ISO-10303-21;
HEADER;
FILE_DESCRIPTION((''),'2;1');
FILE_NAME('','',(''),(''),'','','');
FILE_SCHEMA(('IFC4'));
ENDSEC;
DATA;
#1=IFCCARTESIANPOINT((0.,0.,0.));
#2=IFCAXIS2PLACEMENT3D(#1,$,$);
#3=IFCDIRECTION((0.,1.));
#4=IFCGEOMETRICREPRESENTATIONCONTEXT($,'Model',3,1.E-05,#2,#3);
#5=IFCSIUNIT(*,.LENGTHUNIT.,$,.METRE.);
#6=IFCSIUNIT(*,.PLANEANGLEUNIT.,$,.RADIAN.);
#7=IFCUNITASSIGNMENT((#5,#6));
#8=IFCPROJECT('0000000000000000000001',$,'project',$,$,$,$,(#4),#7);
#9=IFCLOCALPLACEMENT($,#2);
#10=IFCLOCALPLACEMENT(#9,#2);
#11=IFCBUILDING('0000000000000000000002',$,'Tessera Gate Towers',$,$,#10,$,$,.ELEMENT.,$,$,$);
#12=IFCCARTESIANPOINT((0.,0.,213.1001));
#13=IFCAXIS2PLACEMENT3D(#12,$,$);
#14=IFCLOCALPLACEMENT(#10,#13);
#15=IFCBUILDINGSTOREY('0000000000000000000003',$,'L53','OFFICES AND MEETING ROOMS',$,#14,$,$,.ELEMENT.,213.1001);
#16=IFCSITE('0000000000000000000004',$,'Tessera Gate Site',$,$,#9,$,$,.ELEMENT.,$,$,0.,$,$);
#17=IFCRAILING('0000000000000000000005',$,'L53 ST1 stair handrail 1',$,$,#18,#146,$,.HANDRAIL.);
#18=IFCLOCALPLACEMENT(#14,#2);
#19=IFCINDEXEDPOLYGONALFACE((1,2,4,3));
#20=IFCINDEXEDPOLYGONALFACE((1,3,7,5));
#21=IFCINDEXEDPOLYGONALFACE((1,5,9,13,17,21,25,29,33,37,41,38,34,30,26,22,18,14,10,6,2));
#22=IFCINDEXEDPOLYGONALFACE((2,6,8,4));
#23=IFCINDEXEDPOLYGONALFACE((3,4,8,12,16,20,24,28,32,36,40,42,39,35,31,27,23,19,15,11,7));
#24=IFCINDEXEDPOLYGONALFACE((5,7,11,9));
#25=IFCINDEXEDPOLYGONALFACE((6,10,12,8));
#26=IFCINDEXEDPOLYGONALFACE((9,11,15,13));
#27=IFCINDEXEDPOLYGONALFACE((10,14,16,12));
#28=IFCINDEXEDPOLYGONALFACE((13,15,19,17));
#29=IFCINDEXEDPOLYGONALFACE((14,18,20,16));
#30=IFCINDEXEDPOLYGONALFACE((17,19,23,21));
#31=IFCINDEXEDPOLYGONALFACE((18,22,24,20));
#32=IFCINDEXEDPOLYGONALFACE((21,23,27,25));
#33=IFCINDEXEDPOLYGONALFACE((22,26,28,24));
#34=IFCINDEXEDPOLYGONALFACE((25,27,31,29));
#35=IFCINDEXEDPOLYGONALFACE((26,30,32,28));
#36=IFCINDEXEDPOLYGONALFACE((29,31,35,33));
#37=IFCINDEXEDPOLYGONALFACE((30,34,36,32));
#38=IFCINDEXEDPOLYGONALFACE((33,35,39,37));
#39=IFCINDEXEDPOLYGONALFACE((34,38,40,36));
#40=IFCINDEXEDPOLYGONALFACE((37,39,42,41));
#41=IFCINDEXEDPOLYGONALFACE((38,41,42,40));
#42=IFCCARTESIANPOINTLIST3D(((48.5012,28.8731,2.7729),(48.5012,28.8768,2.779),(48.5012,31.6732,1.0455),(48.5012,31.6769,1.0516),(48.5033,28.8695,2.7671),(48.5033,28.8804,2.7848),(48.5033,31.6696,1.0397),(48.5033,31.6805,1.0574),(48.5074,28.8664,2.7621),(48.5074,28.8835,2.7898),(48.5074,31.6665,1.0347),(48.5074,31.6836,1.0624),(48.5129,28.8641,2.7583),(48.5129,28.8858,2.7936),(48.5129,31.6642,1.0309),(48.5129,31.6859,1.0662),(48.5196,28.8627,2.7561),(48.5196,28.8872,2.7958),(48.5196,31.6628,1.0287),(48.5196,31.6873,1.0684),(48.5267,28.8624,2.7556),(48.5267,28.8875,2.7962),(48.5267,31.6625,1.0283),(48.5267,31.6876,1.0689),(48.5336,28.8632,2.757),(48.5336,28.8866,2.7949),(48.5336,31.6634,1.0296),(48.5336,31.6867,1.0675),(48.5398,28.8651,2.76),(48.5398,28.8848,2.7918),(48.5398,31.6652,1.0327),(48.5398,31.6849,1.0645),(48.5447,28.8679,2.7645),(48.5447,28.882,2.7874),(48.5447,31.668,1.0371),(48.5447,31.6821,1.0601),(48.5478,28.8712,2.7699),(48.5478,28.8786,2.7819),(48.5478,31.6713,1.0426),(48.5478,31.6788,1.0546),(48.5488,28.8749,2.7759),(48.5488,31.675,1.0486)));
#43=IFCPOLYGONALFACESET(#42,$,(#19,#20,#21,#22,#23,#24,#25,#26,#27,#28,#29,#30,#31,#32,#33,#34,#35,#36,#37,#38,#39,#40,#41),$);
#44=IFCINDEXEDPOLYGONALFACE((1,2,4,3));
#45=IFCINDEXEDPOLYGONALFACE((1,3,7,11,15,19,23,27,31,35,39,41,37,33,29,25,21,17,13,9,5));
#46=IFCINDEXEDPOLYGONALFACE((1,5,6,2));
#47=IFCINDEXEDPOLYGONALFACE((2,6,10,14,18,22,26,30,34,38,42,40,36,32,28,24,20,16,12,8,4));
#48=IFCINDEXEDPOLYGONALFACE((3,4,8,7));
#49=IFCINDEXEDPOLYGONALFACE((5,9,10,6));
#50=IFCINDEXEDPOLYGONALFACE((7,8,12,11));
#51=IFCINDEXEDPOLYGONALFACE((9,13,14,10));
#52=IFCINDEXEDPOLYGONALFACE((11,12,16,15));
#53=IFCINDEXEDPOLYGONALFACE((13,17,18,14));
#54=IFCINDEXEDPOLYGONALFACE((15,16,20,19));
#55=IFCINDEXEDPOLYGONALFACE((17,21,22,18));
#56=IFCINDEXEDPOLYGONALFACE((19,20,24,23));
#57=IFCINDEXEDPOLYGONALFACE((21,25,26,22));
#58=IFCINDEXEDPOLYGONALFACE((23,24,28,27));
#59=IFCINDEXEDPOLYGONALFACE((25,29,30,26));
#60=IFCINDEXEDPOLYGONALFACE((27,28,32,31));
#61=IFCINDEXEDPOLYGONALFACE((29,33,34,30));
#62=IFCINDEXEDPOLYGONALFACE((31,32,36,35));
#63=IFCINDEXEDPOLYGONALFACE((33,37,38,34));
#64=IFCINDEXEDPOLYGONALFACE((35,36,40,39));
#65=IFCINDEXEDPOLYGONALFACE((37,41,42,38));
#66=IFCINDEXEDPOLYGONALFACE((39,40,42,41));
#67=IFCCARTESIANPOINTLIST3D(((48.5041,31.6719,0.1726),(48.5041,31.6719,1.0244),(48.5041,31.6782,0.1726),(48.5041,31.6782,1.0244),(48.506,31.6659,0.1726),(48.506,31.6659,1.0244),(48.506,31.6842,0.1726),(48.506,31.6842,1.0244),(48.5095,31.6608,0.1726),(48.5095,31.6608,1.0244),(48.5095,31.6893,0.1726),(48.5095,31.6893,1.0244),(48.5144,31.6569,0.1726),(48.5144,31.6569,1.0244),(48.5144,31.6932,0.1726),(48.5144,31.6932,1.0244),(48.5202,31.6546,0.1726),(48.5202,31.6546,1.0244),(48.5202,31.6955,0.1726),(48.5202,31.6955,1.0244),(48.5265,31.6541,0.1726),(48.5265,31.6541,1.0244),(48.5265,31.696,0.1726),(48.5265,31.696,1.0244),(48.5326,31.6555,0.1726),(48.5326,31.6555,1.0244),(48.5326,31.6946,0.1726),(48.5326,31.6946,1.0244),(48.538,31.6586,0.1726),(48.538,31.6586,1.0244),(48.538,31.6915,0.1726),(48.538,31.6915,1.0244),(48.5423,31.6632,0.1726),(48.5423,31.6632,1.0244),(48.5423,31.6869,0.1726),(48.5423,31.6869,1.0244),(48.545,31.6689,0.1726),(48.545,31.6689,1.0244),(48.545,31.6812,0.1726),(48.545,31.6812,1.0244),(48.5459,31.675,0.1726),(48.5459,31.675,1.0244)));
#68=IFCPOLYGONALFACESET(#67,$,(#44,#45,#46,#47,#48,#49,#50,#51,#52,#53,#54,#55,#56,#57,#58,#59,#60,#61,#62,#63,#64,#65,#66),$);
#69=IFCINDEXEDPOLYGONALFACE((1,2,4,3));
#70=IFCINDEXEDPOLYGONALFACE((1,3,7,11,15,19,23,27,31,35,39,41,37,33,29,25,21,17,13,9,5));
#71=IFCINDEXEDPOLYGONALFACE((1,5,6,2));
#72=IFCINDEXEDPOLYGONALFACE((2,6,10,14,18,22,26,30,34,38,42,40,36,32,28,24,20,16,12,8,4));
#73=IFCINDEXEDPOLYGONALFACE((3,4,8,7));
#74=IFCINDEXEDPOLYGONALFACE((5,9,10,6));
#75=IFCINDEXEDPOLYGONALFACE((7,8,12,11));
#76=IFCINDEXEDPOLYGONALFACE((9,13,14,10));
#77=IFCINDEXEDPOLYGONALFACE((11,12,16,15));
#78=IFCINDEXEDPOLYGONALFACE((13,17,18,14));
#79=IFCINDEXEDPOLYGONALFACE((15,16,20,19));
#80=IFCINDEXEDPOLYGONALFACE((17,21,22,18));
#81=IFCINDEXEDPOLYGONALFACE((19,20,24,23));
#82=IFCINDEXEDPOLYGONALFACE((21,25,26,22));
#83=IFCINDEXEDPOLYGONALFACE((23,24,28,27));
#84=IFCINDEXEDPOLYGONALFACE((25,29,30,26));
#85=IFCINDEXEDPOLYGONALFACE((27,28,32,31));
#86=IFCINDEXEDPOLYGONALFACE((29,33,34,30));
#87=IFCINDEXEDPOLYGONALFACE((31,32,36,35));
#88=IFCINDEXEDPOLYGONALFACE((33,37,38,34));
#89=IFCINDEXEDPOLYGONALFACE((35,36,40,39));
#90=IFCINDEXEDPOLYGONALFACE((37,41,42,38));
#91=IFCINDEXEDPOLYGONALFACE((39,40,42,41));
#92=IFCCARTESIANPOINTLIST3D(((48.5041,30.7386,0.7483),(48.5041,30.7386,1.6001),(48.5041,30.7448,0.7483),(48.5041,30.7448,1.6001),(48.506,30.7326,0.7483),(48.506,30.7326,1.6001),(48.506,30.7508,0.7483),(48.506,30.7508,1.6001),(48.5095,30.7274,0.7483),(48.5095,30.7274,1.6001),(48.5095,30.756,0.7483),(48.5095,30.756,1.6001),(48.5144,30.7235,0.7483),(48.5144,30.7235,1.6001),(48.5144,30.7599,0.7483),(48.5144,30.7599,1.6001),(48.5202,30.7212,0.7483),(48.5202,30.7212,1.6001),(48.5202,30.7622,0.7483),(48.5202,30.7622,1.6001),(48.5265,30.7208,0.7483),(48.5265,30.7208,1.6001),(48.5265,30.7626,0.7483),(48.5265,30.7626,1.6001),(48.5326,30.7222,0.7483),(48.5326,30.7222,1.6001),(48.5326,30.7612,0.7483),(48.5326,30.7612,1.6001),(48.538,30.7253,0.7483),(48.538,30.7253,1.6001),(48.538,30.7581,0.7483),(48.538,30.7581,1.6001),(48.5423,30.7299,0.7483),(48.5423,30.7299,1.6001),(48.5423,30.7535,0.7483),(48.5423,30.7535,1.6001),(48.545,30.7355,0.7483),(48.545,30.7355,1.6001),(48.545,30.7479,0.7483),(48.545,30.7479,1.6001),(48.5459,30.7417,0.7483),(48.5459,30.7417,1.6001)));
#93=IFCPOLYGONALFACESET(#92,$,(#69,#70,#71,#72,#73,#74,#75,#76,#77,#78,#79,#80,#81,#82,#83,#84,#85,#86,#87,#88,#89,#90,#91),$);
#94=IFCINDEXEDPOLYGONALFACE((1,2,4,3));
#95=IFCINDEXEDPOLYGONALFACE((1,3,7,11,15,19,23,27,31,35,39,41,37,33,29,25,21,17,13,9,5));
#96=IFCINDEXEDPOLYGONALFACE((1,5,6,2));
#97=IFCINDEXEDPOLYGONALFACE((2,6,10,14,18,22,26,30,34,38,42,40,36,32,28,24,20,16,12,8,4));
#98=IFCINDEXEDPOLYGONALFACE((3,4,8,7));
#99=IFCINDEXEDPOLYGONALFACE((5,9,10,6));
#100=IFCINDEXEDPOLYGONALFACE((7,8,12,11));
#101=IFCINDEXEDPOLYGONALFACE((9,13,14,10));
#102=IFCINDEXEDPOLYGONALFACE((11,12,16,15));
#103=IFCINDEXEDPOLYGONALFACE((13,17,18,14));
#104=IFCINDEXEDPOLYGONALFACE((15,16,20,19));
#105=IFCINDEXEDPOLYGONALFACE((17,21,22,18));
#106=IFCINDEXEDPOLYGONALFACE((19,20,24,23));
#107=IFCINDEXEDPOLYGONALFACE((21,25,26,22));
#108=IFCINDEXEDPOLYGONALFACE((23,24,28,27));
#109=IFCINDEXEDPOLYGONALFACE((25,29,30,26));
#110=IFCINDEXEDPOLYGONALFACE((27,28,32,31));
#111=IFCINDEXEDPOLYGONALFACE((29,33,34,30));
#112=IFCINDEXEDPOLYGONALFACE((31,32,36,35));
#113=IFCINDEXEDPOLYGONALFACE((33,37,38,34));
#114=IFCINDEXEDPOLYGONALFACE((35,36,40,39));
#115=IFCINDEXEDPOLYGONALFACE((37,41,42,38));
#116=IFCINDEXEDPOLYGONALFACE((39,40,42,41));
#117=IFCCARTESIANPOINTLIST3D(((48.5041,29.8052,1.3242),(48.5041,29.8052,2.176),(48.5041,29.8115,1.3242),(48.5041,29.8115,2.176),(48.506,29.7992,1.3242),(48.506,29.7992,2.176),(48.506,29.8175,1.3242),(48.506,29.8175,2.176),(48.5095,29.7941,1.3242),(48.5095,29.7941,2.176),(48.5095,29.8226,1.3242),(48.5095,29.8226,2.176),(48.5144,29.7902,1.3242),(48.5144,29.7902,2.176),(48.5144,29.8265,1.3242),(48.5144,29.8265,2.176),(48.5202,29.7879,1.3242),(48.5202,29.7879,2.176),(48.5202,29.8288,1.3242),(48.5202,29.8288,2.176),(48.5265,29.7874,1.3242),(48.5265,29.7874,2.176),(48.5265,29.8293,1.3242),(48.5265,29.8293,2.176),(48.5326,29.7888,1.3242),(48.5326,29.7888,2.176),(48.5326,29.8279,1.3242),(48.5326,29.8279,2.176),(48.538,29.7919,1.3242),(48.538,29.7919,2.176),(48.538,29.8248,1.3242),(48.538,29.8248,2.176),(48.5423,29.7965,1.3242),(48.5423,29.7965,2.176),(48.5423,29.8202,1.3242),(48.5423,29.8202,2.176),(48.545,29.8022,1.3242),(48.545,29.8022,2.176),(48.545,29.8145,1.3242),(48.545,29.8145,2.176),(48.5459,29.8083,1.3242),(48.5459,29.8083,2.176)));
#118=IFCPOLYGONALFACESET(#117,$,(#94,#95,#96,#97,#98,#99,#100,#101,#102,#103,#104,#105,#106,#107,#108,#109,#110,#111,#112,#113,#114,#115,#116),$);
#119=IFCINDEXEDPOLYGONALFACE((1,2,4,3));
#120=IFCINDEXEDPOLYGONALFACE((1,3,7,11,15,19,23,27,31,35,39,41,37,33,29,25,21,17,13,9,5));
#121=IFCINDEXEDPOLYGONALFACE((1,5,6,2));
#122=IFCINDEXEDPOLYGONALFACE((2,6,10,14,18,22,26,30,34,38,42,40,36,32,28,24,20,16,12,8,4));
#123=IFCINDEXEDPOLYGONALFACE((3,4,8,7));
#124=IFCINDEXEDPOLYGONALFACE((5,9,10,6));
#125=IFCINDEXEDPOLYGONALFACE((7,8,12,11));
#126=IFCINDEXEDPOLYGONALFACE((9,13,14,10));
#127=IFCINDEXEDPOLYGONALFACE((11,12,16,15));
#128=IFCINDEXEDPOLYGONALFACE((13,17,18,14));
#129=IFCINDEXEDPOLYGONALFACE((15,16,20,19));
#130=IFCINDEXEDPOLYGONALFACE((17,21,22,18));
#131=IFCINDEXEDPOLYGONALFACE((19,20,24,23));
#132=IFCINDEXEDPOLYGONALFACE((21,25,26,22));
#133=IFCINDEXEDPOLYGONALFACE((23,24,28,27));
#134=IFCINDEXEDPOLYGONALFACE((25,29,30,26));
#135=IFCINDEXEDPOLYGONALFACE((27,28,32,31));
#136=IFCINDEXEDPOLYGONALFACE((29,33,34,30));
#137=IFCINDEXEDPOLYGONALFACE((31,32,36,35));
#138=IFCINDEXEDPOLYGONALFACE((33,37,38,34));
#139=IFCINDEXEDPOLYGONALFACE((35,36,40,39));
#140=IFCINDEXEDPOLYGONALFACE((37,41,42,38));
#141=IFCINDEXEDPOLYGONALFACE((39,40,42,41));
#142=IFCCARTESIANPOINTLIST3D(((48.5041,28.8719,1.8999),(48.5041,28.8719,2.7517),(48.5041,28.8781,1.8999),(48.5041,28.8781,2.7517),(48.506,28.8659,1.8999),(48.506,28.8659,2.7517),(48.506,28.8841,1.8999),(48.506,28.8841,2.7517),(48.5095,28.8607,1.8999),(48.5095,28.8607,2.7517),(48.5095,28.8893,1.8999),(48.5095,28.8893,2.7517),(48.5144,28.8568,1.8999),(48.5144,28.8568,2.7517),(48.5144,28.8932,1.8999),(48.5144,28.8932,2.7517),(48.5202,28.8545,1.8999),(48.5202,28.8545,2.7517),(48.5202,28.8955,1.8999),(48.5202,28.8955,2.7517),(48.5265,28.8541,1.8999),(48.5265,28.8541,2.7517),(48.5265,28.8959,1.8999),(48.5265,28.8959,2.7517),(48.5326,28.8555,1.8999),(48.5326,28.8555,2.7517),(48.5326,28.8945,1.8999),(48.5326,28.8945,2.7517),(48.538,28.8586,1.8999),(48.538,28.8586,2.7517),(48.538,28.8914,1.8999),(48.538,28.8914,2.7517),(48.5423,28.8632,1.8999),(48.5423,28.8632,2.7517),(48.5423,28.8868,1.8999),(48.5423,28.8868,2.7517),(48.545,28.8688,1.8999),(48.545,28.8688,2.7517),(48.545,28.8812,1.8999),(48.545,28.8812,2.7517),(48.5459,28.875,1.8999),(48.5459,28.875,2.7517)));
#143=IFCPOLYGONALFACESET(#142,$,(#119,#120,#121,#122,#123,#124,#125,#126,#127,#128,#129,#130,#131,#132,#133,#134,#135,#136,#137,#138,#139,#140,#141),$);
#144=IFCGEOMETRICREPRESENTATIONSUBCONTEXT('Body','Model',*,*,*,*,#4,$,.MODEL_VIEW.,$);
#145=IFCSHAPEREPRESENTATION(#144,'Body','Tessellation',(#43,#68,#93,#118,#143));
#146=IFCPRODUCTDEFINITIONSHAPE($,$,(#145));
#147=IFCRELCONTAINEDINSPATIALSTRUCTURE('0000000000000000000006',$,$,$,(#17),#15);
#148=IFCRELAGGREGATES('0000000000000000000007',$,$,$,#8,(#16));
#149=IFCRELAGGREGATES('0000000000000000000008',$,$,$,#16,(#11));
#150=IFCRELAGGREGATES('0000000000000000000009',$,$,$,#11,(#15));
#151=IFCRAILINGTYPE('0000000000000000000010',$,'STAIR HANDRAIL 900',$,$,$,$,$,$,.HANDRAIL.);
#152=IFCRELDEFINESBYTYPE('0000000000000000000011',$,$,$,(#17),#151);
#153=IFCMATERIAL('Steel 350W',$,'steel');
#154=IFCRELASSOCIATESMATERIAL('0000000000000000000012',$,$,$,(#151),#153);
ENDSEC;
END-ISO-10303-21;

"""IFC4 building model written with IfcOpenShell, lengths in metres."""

from ifc_helpers import new_model, si_unit, direction, frame, origin, origin_2d, place, context, subcontext, project, spatial, circle, extrude, material, type_object, element, save


model = new_model("IFC4")

# Units and contexts
model_context = context("Model", 3, precision=1e-05, world=origin(), true_north=direction((0.0, 1.0)))
body_context = subcontext(model_context, "Body", "Model", "MODEL_VIEW")
ifc_project = project(units=[si_unit("LENGTHUNIT", "METRE"), si_unit("PLANEANGLEUNIT", "RADIAN")], contexts=[model_context])

# Site, building, storey
site_placement = place(None, origin())
site = spatial("IfcSite", under=ifc_project, at=site_placement, Name="Tessera Gate Site", CompositionType="ELEMENT", RefElevation=0.0)
building_placement = place(site_placement, origin())
building = spatial("IfcBuilding", under=site, at=building_placement, Name="Tessera Gate Towers", CompositionType="ELEMENT")
storey_placement = place(building_placement, frame((0.0, 0.0, 213.1001)))
storey = spatial("IfcBuildingStorey", under=building, at=storey_placement, Name="L53", Description="OFFICES AND MEETING ROOMS", CompositionType="ELEMENT", Elevation=213.1001)

# Railing
ifc_material_1 = material(Name="Steel 350W", Category="steel")
railing_type_1 = type_object("IfcRailingType", Name="STAIR HANDRAIL 900", PredefinedType="HANDRAIL", material=ifc_material_1)
railing_1_placement = place(storey_placement, frame((48.5249, 31.675, 0.1726)))
element("IfcRailing", 1, at=railing_1_placement, inside=storey, type_object=railing_type_1, Name="L53 ST1 stair handrail 1", PredefinedType="HANDRAIL", context=body_context, shape_type="SweptSolid", body=[
    extrude(circle(Radius=0.0239, at=origin_2d()), frame((0.0, 0.0, 0.876), z_axis=(0.0, -0.85109, 0.52502), x_axis=(1.0, 0.0, 0.0)), (0.0, 0.0, 1.0), 3.29),
    extrude(circle(Radius=0.021, at=origin_2d()), origin(), (0.0, 0.0, 1.0), 0.8518),
    extrude(circle(Radius=0.021, at=origin_2d()), frame((0.0, -0.9333, 0.5757)), (0.0, 0.0, 1.0), 0.8518),
    extrude(circle(Radius=0.021, at=origin_2d()), frame((0.0, -1.8667, 1.1516)), (0.0, 0.0, 1.0), 0.8518),
    extrude(circle(Radius=0.021, at=origin_2d()), frame((0.0, -2.8, 1.7273)), (0.0, 0.0, 1.0), 0.8518),
])

save(model, "model.ifc")
